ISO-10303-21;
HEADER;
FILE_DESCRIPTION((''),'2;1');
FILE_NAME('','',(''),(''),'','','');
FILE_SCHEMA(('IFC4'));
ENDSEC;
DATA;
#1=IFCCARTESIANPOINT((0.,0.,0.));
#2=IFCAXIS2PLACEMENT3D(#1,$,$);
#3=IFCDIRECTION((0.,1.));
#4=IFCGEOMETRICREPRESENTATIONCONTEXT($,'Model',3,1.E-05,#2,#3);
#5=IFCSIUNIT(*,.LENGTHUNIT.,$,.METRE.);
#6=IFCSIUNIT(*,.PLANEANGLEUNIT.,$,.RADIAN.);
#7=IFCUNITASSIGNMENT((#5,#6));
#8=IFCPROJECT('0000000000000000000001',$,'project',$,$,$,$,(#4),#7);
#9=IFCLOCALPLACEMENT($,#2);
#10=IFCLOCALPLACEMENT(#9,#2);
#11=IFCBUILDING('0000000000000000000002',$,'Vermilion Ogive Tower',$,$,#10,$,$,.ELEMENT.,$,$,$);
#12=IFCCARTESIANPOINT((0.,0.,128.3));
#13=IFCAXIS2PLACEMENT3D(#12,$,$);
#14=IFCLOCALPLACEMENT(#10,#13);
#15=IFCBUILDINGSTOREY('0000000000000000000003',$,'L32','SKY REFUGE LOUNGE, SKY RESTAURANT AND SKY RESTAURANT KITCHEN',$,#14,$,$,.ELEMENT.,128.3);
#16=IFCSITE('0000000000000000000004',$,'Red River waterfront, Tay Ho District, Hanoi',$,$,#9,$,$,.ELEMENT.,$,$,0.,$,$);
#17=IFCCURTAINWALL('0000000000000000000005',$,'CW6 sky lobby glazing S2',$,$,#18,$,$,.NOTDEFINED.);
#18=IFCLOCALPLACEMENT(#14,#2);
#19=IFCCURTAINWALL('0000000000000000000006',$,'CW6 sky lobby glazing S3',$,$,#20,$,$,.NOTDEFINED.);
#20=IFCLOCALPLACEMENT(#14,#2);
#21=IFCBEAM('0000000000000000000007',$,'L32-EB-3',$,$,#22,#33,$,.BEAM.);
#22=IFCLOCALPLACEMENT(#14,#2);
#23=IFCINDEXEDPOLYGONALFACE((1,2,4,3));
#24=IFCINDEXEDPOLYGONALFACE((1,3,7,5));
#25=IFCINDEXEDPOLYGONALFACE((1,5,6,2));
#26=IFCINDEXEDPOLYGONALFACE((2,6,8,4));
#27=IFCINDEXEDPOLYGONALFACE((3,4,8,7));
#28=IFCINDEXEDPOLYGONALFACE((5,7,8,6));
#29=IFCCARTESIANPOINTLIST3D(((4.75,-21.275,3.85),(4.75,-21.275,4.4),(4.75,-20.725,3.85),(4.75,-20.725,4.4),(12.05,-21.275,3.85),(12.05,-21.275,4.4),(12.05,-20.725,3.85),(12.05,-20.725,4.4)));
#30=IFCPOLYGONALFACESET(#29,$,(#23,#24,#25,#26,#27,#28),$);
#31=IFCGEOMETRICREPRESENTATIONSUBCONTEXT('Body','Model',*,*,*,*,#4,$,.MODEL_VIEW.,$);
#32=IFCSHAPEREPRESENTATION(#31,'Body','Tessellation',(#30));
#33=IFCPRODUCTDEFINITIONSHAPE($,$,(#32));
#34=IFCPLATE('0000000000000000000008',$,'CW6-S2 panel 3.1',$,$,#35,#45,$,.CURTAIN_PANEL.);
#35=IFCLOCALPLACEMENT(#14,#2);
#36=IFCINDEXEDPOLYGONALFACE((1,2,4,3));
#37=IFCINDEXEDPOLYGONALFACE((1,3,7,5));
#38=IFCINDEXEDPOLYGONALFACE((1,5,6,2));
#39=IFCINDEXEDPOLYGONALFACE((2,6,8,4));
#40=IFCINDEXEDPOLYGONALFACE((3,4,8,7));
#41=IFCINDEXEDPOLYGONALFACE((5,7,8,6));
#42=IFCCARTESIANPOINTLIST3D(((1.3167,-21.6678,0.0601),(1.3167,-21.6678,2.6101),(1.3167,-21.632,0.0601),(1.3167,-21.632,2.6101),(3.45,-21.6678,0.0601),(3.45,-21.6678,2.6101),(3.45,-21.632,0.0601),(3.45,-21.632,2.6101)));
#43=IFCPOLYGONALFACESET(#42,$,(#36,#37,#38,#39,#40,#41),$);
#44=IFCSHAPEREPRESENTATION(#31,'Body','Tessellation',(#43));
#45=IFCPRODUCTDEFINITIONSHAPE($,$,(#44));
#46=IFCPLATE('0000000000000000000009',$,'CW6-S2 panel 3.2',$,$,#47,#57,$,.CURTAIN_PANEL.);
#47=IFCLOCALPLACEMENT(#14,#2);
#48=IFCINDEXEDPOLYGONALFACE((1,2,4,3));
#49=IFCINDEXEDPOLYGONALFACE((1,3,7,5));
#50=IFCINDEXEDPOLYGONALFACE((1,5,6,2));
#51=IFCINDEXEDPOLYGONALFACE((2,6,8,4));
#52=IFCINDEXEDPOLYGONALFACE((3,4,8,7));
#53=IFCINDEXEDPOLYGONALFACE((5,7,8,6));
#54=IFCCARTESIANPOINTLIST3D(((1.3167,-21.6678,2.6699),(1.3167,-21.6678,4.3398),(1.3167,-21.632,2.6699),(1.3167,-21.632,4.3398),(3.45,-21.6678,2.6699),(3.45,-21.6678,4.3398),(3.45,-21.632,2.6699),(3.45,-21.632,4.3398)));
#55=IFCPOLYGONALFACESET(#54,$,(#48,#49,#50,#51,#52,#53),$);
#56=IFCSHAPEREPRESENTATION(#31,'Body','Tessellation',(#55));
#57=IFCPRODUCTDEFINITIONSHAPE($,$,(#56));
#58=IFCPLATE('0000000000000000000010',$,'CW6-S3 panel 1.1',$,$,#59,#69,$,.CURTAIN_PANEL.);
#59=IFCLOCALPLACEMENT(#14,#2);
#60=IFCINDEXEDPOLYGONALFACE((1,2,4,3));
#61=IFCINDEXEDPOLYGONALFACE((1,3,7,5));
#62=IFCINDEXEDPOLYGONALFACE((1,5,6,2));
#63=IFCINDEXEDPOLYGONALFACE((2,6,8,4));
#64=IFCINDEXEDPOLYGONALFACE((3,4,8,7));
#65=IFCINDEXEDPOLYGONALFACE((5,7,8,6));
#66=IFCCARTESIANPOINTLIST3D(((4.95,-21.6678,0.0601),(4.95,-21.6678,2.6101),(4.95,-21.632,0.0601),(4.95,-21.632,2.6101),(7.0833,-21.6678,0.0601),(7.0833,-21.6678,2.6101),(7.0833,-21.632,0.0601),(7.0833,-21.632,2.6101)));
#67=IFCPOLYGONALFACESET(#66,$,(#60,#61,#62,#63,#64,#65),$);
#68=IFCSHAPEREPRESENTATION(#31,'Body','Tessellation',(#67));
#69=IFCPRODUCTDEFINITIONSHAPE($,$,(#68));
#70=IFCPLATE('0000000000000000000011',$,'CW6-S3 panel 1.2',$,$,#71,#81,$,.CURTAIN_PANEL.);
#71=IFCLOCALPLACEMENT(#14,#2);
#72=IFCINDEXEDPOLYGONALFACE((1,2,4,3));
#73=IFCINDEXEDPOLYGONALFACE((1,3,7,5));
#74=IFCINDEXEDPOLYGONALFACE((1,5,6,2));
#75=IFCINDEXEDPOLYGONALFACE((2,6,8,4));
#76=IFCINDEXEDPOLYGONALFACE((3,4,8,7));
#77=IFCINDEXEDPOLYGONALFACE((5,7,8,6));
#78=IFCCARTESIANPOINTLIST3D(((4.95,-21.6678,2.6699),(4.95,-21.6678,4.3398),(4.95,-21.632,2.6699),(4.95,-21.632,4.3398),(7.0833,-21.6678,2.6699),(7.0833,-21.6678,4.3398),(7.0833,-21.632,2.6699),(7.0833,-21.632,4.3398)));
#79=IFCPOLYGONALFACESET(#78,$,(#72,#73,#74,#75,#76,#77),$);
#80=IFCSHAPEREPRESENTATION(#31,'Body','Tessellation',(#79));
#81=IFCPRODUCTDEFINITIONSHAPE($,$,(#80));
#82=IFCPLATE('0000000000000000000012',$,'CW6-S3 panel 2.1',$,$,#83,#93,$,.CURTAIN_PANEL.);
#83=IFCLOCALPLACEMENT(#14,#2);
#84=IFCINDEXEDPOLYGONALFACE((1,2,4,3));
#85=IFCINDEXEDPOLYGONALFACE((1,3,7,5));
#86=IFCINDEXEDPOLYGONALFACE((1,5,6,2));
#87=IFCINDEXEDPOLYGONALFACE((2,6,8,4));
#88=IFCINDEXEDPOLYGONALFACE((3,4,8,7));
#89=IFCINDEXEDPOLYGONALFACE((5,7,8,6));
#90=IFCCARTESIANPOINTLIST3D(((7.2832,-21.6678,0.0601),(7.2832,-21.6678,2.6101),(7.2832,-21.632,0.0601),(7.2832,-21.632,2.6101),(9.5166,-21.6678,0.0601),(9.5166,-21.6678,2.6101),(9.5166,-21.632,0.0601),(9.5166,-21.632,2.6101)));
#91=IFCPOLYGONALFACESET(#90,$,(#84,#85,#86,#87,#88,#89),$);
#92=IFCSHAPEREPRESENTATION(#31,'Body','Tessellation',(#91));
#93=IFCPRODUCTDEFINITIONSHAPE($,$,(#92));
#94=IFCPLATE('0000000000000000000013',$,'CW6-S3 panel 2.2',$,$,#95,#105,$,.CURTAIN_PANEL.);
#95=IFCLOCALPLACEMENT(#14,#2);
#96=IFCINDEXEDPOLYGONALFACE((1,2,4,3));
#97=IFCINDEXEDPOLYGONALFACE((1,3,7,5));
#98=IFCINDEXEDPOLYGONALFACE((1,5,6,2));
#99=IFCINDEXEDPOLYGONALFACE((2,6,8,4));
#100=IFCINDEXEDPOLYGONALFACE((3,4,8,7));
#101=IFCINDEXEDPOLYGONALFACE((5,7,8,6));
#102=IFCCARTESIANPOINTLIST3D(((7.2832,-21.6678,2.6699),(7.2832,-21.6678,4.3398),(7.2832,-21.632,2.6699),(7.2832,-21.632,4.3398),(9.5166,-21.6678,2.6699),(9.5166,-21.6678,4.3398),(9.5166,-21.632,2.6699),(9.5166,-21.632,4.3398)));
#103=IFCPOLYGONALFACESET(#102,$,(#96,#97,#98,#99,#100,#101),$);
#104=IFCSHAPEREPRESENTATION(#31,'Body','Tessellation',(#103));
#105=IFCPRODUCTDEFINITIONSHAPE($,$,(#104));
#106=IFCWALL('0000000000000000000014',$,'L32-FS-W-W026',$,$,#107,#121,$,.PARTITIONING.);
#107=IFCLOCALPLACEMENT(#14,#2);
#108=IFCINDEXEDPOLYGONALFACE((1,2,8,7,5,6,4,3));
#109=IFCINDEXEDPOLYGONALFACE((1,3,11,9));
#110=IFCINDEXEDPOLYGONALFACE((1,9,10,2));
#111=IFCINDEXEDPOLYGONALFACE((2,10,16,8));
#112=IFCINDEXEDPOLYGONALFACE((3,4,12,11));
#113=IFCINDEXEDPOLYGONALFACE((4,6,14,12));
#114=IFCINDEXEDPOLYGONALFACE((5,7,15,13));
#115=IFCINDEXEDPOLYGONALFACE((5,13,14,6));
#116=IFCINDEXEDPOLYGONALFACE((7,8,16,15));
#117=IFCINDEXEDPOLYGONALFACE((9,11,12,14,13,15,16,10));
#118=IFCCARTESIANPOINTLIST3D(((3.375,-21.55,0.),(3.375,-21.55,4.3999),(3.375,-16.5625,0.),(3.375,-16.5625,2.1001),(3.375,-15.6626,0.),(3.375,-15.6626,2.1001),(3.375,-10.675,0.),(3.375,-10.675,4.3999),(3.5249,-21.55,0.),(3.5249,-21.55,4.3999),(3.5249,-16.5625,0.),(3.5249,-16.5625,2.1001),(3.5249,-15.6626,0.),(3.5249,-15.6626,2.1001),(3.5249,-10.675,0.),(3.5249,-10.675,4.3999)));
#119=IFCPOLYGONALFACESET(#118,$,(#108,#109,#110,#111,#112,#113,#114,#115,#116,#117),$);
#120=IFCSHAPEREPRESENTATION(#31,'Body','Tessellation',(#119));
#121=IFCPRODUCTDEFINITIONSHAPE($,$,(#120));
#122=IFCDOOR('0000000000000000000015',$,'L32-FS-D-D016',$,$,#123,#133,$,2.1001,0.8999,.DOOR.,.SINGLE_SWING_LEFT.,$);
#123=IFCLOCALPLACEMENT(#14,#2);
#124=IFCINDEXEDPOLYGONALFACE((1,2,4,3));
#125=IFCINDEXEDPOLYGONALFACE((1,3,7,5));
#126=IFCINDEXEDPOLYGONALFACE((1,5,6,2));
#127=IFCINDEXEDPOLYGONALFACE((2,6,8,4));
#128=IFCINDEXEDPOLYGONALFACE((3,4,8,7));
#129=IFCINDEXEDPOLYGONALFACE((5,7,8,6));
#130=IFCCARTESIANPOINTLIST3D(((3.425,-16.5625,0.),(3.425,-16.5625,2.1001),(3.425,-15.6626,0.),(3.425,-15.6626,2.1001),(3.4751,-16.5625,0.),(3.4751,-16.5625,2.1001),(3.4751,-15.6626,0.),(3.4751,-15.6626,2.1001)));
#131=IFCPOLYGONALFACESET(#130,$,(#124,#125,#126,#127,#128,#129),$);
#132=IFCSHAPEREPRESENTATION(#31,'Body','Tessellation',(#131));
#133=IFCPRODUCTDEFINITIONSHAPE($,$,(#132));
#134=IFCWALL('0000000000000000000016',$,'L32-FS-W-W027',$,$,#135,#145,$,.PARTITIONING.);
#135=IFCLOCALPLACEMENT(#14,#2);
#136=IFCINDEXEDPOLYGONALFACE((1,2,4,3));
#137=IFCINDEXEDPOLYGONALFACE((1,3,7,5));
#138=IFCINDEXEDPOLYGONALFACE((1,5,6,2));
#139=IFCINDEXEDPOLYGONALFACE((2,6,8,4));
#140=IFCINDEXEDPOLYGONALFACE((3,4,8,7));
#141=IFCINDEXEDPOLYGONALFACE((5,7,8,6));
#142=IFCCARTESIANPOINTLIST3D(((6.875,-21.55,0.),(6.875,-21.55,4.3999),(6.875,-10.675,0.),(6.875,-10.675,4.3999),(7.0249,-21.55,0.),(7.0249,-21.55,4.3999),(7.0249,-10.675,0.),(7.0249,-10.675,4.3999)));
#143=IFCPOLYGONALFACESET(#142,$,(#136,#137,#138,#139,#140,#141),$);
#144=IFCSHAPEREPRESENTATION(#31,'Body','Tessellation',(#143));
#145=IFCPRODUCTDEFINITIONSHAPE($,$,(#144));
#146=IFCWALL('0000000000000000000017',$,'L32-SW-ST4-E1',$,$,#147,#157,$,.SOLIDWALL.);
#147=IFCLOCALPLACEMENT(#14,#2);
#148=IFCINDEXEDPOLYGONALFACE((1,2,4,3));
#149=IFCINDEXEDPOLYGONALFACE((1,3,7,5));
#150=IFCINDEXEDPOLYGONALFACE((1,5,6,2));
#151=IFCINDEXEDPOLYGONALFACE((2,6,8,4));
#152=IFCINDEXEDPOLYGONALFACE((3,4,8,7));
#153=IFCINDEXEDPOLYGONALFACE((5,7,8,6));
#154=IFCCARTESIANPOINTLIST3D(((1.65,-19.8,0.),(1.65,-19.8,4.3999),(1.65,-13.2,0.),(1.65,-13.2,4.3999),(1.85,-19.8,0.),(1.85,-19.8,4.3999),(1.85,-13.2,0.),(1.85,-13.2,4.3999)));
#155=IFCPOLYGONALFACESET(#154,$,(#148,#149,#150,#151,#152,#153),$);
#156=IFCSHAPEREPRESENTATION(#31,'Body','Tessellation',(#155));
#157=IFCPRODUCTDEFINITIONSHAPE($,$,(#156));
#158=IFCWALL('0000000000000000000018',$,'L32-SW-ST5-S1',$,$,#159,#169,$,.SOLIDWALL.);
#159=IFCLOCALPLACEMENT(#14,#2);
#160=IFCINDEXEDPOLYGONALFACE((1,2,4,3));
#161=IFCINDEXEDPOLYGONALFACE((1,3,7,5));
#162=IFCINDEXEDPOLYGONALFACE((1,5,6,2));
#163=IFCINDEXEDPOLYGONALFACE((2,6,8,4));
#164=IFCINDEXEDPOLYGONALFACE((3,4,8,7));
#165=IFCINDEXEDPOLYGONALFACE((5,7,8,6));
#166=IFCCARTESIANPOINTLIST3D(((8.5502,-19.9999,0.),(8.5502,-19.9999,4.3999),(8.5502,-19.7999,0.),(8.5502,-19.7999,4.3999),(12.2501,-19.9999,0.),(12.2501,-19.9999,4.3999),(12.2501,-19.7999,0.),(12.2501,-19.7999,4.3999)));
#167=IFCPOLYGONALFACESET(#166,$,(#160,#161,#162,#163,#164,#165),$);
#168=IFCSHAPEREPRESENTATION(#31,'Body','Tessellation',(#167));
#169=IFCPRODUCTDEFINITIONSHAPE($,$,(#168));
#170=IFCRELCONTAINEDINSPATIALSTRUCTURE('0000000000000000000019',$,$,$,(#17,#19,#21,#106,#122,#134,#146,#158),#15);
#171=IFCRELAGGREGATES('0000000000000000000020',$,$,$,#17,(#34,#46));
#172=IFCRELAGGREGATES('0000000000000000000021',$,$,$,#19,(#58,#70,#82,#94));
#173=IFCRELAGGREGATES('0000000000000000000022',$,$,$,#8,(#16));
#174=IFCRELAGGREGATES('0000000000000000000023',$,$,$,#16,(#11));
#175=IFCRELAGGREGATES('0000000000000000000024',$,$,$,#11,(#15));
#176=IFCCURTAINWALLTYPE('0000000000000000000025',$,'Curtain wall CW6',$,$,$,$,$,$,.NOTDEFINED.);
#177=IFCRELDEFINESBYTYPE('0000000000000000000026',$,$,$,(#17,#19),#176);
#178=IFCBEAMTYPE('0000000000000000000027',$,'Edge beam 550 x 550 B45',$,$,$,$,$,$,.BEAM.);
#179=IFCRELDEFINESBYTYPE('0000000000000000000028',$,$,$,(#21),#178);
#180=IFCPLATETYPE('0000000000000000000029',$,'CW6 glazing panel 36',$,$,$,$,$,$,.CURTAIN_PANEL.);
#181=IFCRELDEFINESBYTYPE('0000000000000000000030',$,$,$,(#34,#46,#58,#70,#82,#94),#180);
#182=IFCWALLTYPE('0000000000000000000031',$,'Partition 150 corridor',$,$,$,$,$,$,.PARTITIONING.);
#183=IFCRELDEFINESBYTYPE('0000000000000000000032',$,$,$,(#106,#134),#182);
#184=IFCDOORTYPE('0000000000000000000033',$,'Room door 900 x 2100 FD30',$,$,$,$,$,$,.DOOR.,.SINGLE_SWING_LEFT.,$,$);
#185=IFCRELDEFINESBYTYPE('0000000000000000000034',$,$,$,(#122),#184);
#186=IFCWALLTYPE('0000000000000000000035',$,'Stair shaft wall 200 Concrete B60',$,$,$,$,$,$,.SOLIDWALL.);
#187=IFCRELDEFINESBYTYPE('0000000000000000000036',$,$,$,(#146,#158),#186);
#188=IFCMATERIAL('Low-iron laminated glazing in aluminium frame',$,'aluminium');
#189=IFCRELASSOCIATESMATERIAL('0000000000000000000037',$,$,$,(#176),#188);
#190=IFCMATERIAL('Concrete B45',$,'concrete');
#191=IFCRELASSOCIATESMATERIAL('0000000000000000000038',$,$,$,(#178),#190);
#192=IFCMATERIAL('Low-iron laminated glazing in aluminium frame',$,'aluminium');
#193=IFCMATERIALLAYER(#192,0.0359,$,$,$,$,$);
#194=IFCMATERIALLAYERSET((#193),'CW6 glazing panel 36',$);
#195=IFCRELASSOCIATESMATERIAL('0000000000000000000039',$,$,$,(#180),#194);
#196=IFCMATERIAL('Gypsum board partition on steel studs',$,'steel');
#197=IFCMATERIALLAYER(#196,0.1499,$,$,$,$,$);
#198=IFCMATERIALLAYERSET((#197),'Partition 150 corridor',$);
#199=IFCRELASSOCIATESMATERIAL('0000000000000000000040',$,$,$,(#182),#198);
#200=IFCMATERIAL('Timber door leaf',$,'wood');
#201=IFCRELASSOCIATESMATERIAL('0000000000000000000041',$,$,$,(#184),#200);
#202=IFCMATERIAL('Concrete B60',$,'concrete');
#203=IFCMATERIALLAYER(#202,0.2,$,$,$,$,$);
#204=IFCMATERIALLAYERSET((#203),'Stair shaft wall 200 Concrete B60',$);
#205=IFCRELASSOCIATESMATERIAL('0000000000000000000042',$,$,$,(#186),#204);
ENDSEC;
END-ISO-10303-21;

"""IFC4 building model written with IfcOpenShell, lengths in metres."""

from ifc_helpers import new_model, si_unit, direction, frame, frame_2d, origin, origin_2d, place, context, subcontext, project, spatial, rectangle, extrude, material, layer, layer_set, material_profile, profile_set, type_object, element, fill, aggregate, save


model = new_model("IFC4")

# Units and contexts
model_context = context("Model", 3, precision=1e-05, world=origin(), true_north=direction((0.0, 1.0)))
body_context = subcontext(model_context, "Body", "Model", "MODEL_VIEW")
ifc_project = project(units=[si_unit("LENGTHUNIT", "METRE"), si_unit("PLANEANGLEUNIT", "RADIAN")], contexts=[model_context])

# Site, building, storey
site_placement = place(None, origin())
site = spatial("IfcSite", under=ifc_project, at=site_placement, Name="Red River waterfront, Tay Ho District, Hanoi", CompositionType="ELEMENT", RefElevation=0.0)
building_placement = place(site_placement, origin())
building = spatial("IfcBuilding", under=site, at=building_placement, Name="Vermilion Ogive Tower", CompositionType="ELEMENT")
storey_placement = place(building_placement, frame((0.0, 0.0, 128.3)))
storey = spatial("IfcBuildingStorey", under=building, at=storey_placement, Name="L32", Description="SKY REFUGE LOUNGE, SKY RESTAURANT AND SKY RESTAURANT KITCHEN", CompositionType="ELEMENT", Elevation=128.3)

# Curtain walls
ifc_material_1 = material(Name="Low-iron laminated glazing in aluminium frame", Category="aluminium")
curtain_wall_type = type_object("IfcCurtainWallType", Name="Curtain wall CW6", PredefinedType="NOTDEFINED", material=ifc_material_1)
curtain_wall_1_placement = place(storey_placement, origin())
curtain_wall_1 = element("IfcCurtainWall", 1, at=curtain_wall_1_placement, inside=storey, type_object=curtain_wall_type, Name="CW6 sky lobby glazing S2", PredefinedType="NOTDEFINED")
curtain_wall_2_placement = place(storey_placement, origin())
curtain_wall_2 = element("IfcCurtainWall", 2, at=curtain_wall_2_placement, inside=storey, type_object=curtain_wall_type, Name="CW6 sky lobby glazing S3", PredefinedType="NOTDEFINED")

# Beam
ifc_material_2 = material(Name="Concrete B45", Category="concrete")
ifc_material_profile_1 = material_profile(ifc_material_2, rectangle(XDim=0.55, YDim=0.55, at=origin_2d()), Name="550 x 550")
ifc_profile_set_1 = profile_set([ifc_material_profile_1], Name="Concrete B45")
beam_type = type_object("IfcBeamType", Name="Edge beam 550 x 550 B45", PredefinedType="BEAM", material=ifc_profile_set_1)
beam_placement = place(storey_placement, frame((4.75, -21.0, 4.125), z_axis=(1.0, 0.0, 0.0), x_axis=(0.0, 1.0, 0.0)))
element("IfcBeam", 3, at=beam_placement, inside=storey, type_object=beam_type, Name="L32-EB-3", PredefinedType="BEAM", context=body_context, shape_type="SweptSolid", body=[
    extrude(rectangle(XDim=0.55, YDim=0.55, at=origin_2d()), origin(), (0.0, 0.0, 1.0), 7.3),
])

# Plates
ifc_material_3 = material(Name="Low-iron laminated glazing in aluminium frame", Category="aluminium")
ifc_layer_1 = layer(ifc_material_3, 0.0359)
ifc_layer_set_1 = layer_set([ifc_layer_1], Name="CW6 glazing panel 36")
plate_type = type_object("IfcPlateType", Name="CW6 glazing panel 36", PredefinedType="CURTAIN_PANEL", material=ifc_layer_set_1)
plate_1_placement = place(storey_placement, frame((2.3833, -21.6499, 0.0601), z_axis=(0.0, 0.0, 1.0), x_axis=(1.0, 0.0, 0.0)))
plate_1 = element("IfcPlate", 4, at=plate_1_placement, type_object=plate_type, Name="CW6-S2 panel 3.1", PredefinedType="CURTAIN_PANEL", context=body_context, shape_type="SweptSolid", body=[
    extrude(rectangle(XDim=2.1333, YDim=0.0359, at=origin_2d()), origin(), (0.0, 0.0, 1.0), 2.55),
])
plate_2_placement = place(storey_placement, frame((2.3833, -21.6499, 2.6699), z_axis=(0.0, 0.0, 1.0), x_axis=(1.0, 0.0, 0.0)))
plate_2 = element("IfcPlate", 5, at=plate_2_placement, type_object=plate_type, Name="CW6-S2 panel 3.2", PredefinedType="CURTAIN_PANEL", context=body_context, shape_type="SweptSolid", body=[
    extrude(rectangle(XDim=2.1333, YDim=0.0359, at=origin_2d()), origin(), (0.0, 0.0, 1.0), 1.6699),
])
aggregate(curtain_wall_1, [plate_1, plate_2])
plate_3_placement = place(storey_placement, frame((6.0166, -21.6499, 0.0601), z_axis=(0.0, 0.0, 1.0), x_axis=(1.0, 0.0, 0.0)))
plate_3 = element("IfcPlate", 6, at=plate_3_placement, type_object=plate_type, Name="CW6-S3 panel 1.1", PredefinedType="CURTAIN_PANEL", context=body_context, shape_type="SweptSolid", body=[
    extrude(rectangle(XDim=2.1333, YDim=0.0359, at=origin_2d()), origin(), (0.0, 0.0, 1.0), 2.55),
])
plate_4_placement = place(storey_placement, frame((6.0166, -21.6499, 2.6699), z_axis=(0.0, 0.0, 1.0), x_axis=(1.0, 0.0, 0.0)))
plate_4 = element("IfcPlate", 7, at=plate_4_placement, type_object=plate_type, Name="CW6-S3 panel 1.2", PredefinedType="CURTAIN_PANEL", context=body_context, shape_type="SweptSolid", body=[
    extrude(rectangle(XDim=2.1333, YDim=0.0359, at=origin_2d()), origin(), (0.0, 0.0, 1.0), 1.6699),
])
plate_5_placement = place(storey_placement, frame((8.3999, -21.6499, 0.0601), z_axis=(0.0, 0.0, 1.0), x_axis=(1.0, 0.0, 0.0)))
plate_5 = element("IfcPlate", 8, at=plate_5_placement, type_object=plate_type, Name="CW6-S3 panel 2.1", PredefinedType="CURTAIN_PANEL", context=body_context, shape_type="SweptSolid", body=[
    extrude(rectangle(XDim=2.2334, YDim=0.0359, at=origin_2d()), origin(), (0.0, 0.0, 1.0), 2.55),
])
plate_6_placement = place(storey_placement, frame((8.3999, -21.6499, 2.6699), z_axis=(0.0, 0.0, 1.0), x_axis=(1.0, 0.0, 0.0)))
plate_6 = element("IfcPlate", 9, at=plate_6_placement, type_object=plate_type, Name="CW6-S3 panel 2.2", PredefinedType="CURTAIN_PANEL", context=body_context, shape_type="SweptSolid", body=[
    extrude(rectangle(XDim=2.2334, YDim=0.0359, at=origin_2d()), origin(), (0.0, 0.0, 1.0), 1.6699),
])
aggregate(curtain_wall_2, [plate_3, plate_4, plate_5, plate_6])

# Wall, opening, door
ifc_material_4 = material(Name="Gypsum board partition on steel studs", Category="steel")
ifc_layer_2 = layer(ifc_material_4, 0.1499)
ifc_layer_set_2 = layer_set([ifc_layer_2], Name="Partition 150 corridor")
wall_type_1 = type_object("IfcWallType", Name="Partition 150 corridor", PredefinedType="PARTITIONING", material=ifc_layer_set_2)
wall_1_placement = place(storey_placement, frame((3.45, -21.55, 0.0), z_axis=(0.0, 0.0, 1.0), x_axis=(0.0, 1.0, 0.0)))
wall_1 = element("IfcWall", 10, at=wall_1_placement, inside=storey, type_object=wall_type_1, Name="L32-FS-W-W026", PredefinedType="PARTITIONING", context=body_context, shape_type="SweptSolid", body=[
    extrude(rectangle(XDim=10.875, YDim=0.1499, at=frame_2d((5.4375, 0.0))), origin(), (0.0, 0.0, 1.0), 4.3999),
])
opening_1_placement = place(wall_1_placement, frame((4.9875, 0.0, 0.0)))
opening_1 = element("IfcOpeningElement", 11, at=opening_1_placement, cuts=wall_1, PredefinedType="OPENING", context=body_context, shape_type="SweptSolid", body=[
    extrude(rectangle(XDim=0.8999, YDim=2.1001, at=frame_2d((0.45, 1.05))), frame((0.0, 0.085, 0.0), z_axis=(0.0, -1.0, 0.0), x_axis=(1.0, 0.0, 0.0)), (0.0, 0.0, 1.0), 0.1699),
])
ifc_material_5 = material(Name="Timber door leaf", Category="wood")
door_type_1 = type_object("IfcDoorType", Name="Room door 900 x 2100 FD30", OperationType="SINGLE_SWING_LEFT", PredefinedType="DOOR", material=ifc_material_5)
door_1_placement = place(opening_1_placement, origin())
door_1 = element("IfcDoor", 12, at=door_1_placement, inside=storey, type_object=door_type_1, Name="L32-FS-D-D016", OperationType="SINGLE_SWING_LEFT", OverallHeight=2.1001, OverallWidth=0.8999, PredefinedType="DOOR", context=body_context, shape_type="SweptSolid", body=[
    extrude(rectangle(XDim=0.8999, YDim=2.1001, at=frame_2d((0.45, 1.05))), frame((0.0, 0.0249, 0.0), z_axis=(0.0, -1.0, 0.0), x_axis=(1.0, 0.0, 0.0)), (0.0, 0.0, 1.0), 0.05),
])
fill(opening_1, door_1)

# Walls
wall_2_placement = place(storey_placement, frame((6.95, -21.55, 0.0), z_axis=(0.0, 0.0, 1.0), x_axis=(0.0, 1.0, 0.0)))
element("IfcWall", 13, at=wall_2_placement, inside=storey, type_object=wall_type_1, Name="L32-FS-W-W027", PredefinedType="PARTITIONING", context=body_context, shape_type="SweptSolid", body=[
    extrude(rectangle(XDim=10.875, YDim=0.1499, at=frame_2d((5.4375, 0.0))), origin(), (0.0, 0.0, 1.0), 4.3999),
])
ifc_material_6 = material(Name="Concrete B60", Category="concrete")
ifc_layer_3 = layer(ifc_material_6, 0.2)
ifc_layer_set_3 = layer_set([ifc_layer_3], Name="Stair shaft wall 200 Concrete B60")
wall_type_2 = type_object("IfcWallType", Name="Stair shaft wall 200 Concrete B60", PredefinedType="SOLIDWALL", material=ifc_layer_set_3)
wall_3_placement = place(storey_placement, frame((1.75, -19.8, 0.0), z_axis=(0.0, 0.0, 1.0), x_axis=(0.0, 1.0, 0.0)))
element("IfcWall", 14, at=wall_3_placement, inside=storey, type_object=wall_type_2, Name="L32-SW-ST4-E1", PredefinedType="SOLIDWALL", context=body_context, shape_type="SweptSolid", body=[
    extrude(rectangle(XDim=6.6001, YDim=0.2, at=frame_2d((3.3, 0.0))), origin(), (0.0, 0.0, 1.0), 4.3999),
])
wall_4_placement = place(storey_placement, frame((8.55, -19.8999, 0.0), z_axis=(0.0, 0.0, 1.0), x_axis=(1.0, 0.0, 0.0)))
element("IfcWall", 15, at=wall_4_placement, inside=storey, type_object=wall_type_2, Name="L32-SW-ST5-S1", PredefinedType="SOLIDWALL", context=body_context, shape_type="SweptSolid", body=[
    extrude(rectangle(XDim=3.7, YDim=0.2, at=frame_2d((1.8501, 0.0))), origin(), (0.0, 0.0, 1.0), 4.3999),
])

save(model, "model.ifc")
